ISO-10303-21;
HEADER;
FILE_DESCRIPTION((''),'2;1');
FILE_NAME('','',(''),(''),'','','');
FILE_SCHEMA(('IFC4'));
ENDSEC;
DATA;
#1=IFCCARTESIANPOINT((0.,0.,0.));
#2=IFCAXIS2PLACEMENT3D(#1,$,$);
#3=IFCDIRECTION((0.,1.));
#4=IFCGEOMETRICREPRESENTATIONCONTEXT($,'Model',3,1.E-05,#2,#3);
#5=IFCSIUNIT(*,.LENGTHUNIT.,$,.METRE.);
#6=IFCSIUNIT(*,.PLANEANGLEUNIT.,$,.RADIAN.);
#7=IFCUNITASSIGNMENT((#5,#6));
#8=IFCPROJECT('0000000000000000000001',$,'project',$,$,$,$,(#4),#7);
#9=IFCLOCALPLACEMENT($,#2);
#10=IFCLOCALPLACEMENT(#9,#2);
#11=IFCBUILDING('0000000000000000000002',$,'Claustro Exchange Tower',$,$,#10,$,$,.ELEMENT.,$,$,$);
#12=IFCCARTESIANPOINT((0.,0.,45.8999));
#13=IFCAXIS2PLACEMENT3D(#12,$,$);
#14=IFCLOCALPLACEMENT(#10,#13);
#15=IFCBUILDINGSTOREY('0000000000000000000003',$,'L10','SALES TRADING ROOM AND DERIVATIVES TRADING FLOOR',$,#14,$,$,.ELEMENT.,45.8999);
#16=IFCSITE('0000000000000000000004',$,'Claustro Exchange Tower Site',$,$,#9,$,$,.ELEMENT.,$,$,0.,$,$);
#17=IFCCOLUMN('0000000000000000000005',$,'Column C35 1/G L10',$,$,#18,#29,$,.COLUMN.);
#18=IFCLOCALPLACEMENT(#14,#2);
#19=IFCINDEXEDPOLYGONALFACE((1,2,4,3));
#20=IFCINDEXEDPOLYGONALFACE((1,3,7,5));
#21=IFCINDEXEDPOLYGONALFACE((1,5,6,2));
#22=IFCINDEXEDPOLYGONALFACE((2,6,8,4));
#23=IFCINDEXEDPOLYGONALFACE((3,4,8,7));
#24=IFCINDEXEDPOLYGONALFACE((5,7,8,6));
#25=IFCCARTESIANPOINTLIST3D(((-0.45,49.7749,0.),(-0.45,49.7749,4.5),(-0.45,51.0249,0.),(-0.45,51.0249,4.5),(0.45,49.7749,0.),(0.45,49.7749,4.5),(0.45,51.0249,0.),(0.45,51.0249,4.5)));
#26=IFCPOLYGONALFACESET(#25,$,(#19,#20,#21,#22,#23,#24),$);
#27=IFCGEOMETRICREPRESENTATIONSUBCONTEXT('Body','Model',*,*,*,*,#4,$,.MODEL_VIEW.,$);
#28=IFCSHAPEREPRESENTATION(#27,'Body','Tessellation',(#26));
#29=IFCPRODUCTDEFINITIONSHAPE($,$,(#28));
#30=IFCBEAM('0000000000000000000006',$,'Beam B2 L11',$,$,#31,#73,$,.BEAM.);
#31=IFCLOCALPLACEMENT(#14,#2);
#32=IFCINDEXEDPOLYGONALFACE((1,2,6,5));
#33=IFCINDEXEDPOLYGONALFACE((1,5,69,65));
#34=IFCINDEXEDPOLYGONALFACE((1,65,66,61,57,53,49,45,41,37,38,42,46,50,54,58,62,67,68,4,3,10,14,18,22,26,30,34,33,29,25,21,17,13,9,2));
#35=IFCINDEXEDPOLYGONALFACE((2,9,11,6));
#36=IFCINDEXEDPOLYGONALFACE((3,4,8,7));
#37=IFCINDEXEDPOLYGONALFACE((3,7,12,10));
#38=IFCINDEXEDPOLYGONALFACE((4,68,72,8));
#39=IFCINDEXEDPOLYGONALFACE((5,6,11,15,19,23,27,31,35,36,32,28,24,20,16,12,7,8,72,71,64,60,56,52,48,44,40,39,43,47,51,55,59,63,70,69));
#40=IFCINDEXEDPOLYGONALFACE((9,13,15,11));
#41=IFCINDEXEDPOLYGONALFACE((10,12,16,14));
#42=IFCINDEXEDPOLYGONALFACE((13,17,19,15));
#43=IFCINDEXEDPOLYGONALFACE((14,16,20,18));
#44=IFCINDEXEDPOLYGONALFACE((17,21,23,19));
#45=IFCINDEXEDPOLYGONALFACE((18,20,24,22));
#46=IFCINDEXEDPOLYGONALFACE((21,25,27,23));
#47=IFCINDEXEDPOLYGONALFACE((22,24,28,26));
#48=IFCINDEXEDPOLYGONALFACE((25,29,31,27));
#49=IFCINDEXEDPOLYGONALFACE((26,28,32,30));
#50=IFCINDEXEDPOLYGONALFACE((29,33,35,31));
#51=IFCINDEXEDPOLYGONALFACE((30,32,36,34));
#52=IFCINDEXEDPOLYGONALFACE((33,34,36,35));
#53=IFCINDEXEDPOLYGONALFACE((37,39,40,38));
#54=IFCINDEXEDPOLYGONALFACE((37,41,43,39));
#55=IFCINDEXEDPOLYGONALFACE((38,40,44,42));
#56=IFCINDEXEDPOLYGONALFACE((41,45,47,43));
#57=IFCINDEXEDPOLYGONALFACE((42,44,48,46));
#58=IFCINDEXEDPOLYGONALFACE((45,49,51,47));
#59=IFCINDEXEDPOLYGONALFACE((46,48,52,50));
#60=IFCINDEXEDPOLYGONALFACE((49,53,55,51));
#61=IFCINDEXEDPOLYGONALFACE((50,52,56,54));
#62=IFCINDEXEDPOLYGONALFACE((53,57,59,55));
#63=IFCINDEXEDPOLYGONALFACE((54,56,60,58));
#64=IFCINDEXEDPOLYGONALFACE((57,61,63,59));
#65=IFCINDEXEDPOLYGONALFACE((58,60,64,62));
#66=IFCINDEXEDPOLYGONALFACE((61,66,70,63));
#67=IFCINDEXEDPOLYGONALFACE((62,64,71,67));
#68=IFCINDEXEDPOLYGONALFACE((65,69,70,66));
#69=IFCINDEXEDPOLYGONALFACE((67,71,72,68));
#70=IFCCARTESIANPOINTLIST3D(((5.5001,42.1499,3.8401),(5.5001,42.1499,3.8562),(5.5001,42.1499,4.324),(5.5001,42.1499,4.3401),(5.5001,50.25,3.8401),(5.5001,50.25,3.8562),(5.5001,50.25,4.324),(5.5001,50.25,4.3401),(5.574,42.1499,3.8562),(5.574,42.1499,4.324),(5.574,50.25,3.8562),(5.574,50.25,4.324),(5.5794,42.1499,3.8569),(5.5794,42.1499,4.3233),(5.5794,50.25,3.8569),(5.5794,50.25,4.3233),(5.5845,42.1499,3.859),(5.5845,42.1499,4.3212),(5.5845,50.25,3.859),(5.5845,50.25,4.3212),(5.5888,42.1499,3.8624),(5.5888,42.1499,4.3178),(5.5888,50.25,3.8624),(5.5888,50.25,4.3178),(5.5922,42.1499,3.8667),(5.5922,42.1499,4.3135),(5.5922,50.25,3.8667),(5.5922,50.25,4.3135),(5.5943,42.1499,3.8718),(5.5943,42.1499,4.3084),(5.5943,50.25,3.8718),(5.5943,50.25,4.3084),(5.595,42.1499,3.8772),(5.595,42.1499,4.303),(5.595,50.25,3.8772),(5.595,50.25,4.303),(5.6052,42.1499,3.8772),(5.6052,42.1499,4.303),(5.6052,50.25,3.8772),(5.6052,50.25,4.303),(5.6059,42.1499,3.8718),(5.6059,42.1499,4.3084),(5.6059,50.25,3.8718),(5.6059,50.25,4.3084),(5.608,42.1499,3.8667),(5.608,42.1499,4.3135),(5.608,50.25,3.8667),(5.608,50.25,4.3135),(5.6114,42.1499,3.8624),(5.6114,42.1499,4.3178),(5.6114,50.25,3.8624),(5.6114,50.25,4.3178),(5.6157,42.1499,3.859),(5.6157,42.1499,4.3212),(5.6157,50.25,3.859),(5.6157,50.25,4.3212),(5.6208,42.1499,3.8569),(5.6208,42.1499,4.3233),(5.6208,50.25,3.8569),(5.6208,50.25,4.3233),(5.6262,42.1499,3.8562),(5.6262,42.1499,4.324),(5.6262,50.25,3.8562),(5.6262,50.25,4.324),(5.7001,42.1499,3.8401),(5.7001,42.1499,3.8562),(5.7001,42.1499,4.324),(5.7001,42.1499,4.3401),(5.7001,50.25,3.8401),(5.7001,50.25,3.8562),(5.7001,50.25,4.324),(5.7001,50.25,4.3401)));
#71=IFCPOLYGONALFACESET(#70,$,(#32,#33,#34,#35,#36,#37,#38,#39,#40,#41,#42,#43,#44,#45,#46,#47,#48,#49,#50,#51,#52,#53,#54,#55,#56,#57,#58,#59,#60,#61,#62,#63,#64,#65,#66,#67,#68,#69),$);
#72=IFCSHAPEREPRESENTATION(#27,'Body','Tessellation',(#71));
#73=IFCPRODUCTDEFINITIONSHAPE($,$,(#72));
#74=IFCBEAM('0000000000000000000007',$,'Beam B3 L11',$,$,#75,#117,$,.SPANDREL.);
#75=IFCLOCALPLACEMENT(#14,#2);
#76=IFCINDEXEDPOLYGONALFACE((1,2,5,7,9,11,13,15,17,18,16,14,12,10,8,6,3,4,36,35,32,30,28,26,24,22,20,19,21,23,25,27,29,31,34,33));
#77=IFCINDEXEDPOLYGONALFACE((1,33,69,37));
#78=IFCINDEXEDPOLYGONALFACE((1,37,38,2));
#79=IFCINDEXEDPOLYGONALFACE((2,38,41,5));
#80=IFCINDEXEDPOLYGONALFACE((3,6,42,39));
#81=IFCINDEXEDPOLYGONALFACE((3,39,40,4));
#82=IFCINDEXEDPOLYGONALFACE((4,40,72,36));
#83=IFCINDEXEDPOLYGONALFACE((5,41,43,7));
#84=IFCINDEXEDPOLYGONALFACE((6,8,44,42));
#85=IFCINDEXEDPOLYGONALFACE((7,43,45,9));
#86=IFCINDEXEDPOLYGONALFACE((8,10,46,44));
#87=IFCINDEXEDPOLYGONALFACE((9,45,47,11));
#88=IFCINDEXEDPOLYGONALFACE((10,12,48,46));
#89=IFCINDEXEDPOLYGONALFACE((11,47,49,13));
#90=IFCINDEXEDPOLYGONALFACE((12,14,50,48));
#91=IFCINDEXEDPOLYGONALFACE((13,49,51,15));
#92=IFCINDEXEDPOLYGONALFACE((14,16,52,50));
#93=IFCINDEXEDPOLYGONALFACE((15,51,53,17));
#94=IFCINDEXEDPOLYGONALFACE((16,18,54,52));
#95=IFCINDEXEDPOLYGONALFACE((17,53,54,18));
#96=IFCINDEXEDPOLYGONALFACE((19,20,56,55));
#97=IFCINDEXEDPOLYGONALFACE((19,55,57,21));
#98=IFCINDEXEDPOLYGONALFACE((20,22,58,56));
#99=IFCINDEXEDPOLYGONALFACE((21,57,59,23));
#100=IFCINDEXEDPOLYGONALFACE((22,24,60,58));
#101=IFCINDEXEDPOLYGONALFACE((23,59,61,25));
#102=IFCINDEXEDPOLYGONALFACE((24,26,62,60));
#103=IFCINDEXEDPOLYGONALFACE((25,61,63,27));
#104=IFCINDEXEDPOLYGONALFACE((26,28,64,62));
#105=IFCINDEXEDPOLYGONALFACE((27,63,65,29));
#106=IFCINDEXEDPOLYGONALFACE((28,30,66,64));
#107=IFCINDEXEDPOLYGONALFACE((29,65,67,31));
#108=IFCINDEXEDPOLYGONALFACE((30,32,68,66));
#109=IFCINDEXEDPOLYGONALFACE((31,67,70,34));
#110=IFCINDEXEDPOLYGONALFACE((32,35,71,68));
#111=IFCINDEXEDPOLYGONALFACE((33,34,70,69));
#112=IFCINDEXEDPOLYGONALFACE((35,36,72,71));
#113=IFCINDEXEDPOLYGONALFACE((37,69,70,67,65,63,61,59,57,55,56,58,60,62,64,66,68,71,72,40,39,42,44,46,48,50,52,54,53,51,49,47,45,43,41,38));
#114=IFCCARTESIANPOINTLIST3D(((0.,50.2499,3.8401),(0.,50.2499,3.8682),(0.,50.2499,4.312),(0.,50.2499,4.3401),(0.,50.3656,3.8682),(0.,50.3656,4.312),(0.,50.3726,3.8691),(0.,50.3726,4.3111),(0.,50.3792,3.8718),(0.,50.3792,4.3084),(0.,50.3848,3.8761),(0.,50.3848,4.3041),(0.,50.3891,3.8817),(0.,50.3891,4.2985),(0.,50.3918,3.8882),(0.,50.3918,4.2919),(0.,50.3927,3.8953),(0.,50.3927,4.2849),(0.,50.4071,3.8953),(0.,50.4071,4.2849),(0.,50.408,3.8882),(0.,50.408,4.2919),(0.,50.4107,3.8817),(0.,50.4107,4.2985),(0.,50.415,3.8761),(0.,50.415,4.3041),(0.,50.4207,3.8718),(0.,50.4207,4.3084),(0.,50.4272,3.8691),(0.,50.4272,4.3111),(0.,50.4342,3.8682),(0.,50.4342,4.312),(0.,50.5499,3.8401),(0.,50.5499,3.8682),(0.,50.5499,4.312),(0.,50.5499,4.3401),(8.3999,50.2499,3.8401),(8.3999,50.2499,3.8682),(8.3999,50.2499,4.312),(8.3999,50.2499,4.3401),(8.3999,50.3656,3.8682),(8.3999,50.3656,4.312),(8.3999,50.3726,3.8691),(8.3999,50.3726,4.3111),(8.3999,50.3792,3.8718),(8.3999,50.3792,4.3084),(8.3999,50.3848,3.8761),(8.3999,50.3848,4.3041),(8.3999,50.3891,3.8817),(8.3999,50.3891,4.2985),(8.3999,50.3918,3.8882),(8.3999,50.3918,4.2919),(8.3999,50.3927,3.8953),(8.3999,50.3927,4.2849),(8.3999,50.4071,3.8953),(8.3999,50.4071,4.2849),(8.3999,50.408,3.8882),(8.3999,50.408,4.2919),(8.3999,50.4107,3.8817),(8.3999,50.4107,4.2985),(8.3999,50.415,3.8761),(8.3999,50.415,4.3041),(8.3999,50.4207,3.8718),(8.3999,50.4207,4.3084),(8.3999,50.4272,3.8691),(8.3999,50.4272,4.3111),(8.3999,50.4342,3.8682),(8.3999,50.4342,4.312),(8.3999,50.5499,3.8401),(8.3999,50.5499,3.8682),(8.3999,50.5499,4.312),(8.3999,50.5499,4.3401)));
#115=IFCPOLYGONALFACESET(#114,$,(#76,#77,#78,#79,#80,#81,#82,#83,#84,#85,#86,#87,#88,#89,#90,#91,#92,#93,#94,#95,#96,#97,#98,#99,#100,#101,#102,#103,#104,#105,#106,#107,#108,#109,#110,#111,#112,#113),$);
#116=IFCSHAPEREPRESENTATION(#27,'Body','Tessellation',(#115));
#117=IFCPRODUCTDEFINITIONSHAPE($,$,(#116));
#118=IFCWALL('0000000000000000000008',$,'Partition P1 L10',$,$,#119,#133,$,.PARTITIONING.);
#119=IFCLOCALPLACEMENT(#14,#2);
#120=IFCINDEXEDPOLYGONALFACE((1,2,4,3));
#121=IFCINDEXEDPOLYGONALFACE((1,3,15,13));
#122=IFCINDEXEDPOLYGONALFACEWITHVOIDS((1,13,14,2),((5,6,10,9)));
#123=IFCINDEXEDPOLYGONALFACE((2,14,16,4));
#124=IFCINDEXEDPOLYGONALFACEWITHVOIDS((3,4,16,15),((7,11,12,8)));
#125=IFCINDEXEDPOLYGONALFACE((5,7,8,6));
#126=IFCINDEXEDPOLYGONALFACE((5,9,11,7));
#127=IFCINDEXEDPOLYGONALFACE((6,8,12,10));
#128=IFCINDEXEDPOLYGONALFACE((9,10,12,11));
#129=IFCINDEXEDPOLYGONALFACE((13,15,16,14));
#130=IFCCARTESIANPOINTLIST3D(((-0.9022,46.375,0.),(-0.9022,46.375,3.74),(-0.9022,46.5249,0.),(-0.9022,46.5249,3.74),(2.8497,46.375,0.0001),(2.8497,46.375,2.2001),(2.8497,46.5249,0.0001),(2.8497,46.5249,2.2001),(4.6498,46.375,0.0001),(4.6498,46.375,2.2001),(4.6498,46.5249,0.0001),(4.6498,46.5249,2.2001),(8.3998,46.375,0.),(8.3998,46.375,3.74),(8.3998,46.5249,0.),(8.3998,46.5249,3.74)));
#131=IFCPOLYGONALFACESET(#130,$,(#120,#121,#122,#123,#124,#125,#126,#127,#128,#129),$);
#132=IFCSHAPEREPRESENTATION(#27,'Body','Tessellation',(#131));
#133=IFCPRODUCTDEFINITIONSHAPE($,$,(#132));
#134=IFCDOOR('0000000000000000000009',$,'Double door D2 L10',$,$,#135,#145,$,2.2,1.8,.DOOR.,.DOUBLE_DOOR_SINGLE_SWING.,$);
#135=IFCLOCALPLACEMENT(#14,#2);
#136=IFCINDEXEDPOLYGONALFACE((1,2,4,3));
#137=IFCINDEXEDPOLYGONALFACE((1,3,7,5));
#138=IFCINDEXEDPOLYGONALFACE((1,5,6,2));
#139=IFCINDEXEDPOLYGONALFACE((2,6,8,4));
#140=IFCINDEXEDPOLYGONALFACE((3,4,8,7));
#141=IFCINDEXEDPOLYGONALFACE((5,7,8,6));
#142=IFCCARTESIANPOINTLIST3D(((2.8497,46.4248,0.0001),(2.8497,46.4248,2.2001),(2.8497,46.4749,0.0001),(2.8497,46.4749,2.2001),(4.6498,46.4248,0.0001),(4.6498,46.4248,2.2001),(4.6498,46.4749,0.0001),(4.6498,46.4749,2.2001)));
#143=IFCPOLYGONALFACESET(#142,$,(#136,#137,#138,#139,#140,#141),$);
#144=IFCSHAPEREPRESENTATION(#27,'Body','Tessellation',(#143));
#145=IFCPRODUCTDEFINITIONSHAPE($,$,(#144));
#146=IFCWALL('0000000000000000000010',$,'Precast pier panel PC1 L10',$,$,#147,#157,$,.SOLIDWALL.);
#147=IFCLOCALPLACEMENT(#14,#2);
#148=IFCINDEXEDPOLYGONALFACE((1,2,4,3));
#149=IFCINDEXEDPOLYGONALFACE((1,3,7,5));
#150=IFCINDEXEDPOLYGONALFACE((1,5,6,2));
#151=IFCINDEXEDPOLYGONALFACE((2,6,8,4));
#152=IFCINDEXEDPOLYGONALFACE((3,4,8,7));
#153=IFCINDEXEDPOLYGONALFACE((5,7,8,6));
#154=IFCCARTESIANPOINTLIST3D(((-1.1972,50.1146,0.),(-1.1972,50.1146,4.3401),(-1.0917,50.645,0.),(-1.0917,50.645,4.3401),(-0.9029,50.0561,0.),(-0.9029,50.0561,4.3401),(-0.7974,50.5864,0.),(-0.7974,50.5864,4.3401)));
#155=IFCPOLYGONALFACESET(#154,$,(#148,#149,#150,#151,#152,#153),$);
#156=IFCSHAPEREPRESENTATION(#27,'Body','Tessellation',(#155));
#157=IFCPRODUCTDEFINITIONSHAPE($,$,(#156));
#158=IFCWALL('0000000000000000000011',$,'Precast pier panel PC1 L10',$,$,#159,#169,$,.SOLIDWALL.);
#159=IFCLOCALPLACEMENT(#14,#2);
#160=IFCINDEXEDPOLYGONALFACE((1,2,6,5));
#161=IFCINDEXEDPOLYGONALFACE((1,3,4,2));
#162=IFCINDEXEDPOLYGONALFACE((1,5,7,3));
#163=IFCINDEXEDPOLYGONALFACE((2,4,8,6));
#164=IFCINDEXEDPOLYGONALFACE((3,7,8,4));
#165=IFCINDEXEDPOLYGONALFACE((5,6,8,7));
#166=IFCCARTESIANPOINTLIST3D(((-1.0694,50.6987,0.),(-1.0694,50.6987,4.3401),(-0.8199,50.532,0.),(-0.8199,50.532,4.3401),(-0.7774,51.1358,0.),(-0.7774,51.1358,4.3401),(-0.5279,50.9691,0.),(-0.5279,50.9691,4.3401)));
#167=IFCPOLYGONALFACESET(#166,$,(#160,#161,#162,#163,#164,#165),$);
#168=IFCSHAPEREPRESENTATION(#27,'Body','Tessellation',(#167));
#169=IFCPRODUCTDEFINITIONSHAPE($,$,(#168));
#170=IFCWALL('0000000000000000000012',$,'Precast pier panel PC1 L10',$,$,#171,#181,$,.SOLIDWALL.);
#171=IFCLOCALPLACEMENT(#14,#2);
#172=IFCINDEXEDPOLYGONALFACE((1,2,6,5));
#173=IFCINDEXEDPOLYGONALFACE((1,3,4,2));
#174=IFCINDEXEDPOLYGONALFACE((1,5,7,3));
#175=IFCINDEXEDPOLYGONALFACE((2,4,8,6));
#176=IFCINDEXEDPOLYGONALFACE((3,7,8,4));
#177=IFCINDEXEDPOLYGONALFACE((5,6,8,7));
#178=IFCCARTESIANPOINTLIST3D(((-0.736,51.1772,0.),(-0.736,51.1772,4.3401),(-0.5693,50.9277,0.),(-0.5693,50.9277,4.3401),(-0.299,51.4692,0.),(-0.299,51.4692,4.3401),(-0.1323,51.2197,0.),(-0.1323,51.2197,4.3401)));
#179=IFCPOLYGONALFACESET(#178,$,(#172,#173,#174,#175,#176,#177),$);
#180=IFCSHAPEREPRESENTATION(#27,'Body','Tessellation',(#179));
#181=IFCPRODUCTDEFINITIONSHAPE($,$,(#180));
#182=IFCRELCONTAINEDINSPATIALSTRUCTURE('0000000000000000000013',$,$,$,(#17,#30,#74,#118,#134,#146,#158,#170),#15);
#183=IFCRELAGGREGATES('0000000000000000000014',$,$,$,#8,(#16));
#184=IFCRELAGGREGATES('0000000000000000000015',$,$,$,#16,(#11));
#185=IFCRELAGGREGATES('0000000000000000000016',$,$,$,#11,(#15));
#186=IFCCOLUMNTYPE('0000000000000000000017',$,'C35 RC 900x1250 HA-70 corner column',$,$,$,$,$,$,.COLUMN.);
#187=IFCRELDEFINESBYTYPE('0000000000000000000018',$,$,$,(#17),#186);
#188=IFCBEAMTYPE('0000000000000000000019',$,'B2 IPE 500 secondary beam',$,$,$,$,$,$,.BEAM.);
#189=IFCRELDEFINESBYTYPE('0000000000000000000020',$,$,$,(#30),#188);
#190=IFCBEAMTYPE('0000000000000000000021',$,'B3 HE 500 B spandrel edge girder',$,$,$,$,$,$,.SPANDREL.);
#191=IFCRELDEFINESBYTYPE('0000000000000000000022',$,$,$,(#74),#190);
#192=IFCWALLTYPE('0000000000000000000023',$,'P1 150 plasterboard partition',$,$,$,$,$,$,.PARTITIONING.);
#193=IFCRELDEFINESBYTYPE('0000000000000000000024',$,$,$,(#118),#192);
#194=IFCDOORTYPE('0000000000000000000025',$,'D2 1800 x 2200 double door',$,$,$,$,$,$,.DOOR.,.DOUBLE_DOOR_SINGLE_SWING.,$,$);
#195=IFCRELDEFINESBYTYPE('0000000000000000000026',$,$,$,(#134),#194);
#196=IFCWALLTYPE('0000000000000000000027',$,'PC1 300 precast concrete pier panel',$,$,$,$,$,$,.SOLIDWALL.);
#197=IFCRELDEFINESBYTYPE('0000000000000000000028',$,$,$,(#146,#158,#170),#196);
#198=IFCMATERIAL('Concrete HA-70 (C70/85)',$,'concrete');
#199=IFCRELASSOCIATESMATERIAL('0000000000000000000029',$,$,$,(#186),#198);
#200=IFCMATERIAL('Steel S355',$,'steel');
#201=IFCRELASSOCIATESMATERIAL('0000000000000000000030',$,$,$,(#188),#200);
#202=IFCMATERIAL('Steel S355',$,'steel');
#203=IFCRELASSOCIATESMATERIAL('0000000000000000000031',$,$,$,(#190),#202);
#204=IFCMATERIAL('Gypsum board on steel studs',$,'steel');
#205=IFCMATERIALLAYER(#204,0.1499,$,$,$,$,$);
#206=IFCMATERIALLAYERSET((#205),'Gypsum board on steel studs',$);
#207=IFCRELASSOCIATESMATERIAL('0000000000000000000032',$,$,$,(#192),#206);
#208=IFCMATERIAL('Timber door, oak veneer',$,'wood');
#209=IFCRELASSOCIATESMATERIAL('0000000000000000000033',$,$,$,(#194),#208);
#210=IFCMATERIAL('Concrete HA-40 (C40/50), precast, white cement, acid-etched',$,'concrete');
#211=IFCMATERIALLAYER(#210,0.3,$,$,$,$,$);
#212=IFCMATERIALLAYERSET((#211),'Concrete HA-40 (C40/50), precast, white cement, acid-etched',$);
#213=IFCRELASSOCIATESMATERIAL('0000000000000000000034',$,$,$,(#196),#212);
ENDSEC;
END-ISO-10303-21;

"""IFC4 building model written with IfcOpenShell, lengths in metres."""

from ifc_helpers import new_model, si_unit, direction, frame, frame_2d, origin, origin_2d, place, context, subcontext, project, spatial, rectangle, i_section, extrude, material, layer, layer_set, material_profile, profile_set, type_object, element, fill, save


model = new_model("IFC4")

# Units and contexts
model_context = context("Model", 3, precision=1e-05, world=origin(), true_north=direction((0.0, 1.0)))
body_context = subcontext(model_context, "Body", "Model", "MODEL_VIEW")
ifc_project = project(units=[si_unit("LENGTHUNIT", "METRE"), si_unit("PLANEANGLEUNIT", "RADIAN")], contexts=[model_context])

# Site, building, storey
site_placement = place(None, origin())
site = spatial("IfcSite", under=ifc_project, at=site_placement, Name="Claustro Exchange Tower Site", CompositionType="ELEMENT", RefElevation=0.0)
building_placement = place(site_placement, origin())
building = spatial("IfcBuilding", under=site, at=building_placement, Name="Claustro Exchange Tower", CompositionType="ELEMENT")
storey_placement = place(building_placement, frame((0.0, 0.0, 45.8999)))
storey = spatial("IfcBuildingStorey", under=building, at=storey_placement, Name="L10", Description="SALES TRADING ROOM AND DERIVATIVES TRADING FLOOR", CompositionType="ELEMENT", Elevation=45.8999)

# Column
ifc_material_1 = material(Name="Concrete HA-70 (C70/85)", Category="concrete")
ifc_material_profile_1 = material_profile(ifc_material_1, rectangle(XDim=0.8999, YDim=1.25, at=origin_2d()), Name="RC 900x1250")
ifc_profile_set_1 = profile_set([ifc_material_profile_1], Name="Concrete HA-70 (C70/85)")
column_type = type_object("IfcColumnType", Name="C35 RC 900x1250 HA-70 corner column", PredefinedType="COLUMN", material=ifc_profile_set_1)
column_placement = place(storey_placement, frame((0.0, 50.3999, 0.0), z_axis=(0.0, 0.0, 1.0), x_axis=(1.0, 0.0, 0.0)))
element("IfcColumn", 1, at=column_placement, inside=storey, type_object=column_type, Name="Column C35 1/G L10", PredefinedType="COLUMN", context=body_context, shape_type="SweptSolid", body=[
    extrude(rectangle(XDim=0.8999, YDim=1.25, at=origin_2d()), origin(), (0.0, 0.0, 1.0), 4.5),
])

# Beams
ifc_material_2 = material(Name="Steel S355", Category="steel")
ifc_material_profile_2 = material_profile(ifc_material_2, i_section(OverallWidth=0.2, OverallDepth=0.5, WebThickness=0.0103, FlangeThickness=0.0161, FilletRadius=0.021, at=origin_2d()), Name="IPE 500")
ifc_profile_set_2 = profile_set([ifc_material_profile_2], Name="Steel S355")
beam_type_1 = type_object("IfcBeamType", Name="B2 IPE 500 secondary beam", PredefinedType="BEAM", material=ifc_profile_set_2)
beam_1_placement = place(storey_placement, frame((5.6001, 42.1499, 4.0901), z_axis=(0.0, 1.0, 0.0), x_axis=(-1.0, 0.0, 0.0)))
element("IfcBeam", 2, at=beam_1_placement, inside=storey, type_object=beam_type_1, Name="Beam B2 L11", PredefinedType="BEAM", context=body_context, shape_type="SweptSolid", body=[
    extrude(i_section(OverallWidth=0.2, OverallDepth=0.5, WebThickness=0.0103, FlangeThickness=0.0161, FilletRadius=0.021, at=origin_2d()), origin(), (0.0, 0.0, 1.0), 8.1001),
])
ifc_material_3 = material(Name="Steel S355", Category="steel")
ifc_material_profile_3 = material_profile(ifc_material_3, i_section(OverallWidth=0.3, OverallDepth=0.5, WebThickness=0.0144, FlangeThickness=0.0281, FilletRadius=0.0271, at=origin_2d()), Name="HE 500 B")
ifc_profile_set_3 = profile_set([ifc_material_profile_3], Name="Steel S355")
beam_type_2 = type_object("IfcBeamType", Name="B3 HE 500 B spandrel edge girder", PredefinedType="SPANDREL", material=ifc_profile_set_3)
beam_2_placement = place(storey_placement, frame((0.0, 50.3999, 4.0901), z_axis=(1.0, 0.0, 0.0), x_axis=(0.0, 1.0, 0.0)))
element("IfcBeam", 3, at=beam_2_placement, inside=storey, type_object=beam_type_2, Name="Beam B3 L11", PredefinedType="SPANDREL", context=body_context, shape_type="SweptSolid", body=[
    extrude(i_section(OverallWidth=0.3, OverallDepth=0.5, WebThickness=0.0144, FlangeThickness=0.0281, FilletRadius=0.0271, at=origin_2d()), origin(), (0.0, 0.0, 1.0), 8.3999),
])

# Wall, opening, door
ifc_material_4 = material(Name="Gypsum board on steel studs", Category="steel")
ifc_layer_1 = layer(ifc_material_4, 0.1499)
ifc_layer_set_1 = layer_set([ifc_layer_1], Name="Gypsum board on steel studs")
wall_type_1 = type_object("IfcWallType", Name="P1 150 plasterboard partition", PredefinedType="PARTITIONING", material=ifc_layer_set_1)
wall_1_placement = place(storey_placement, frame((-0.9021, 46.45, 0.0), z_axis=(0.0, 0.0, 1.0), x_axis=(1.0, 0.0, 0.0)))
wall_1 = element("IfcWall", 4, at=wall_1_placement, inside=storey, type_object=wall_type_1, Name="Partition P1 L10", PredefinedType="PARTITIONING", context=body_context, shape_type="SweptSolid", body=[
    extrude(rectangle(XDim=9.302, YDim=0.1499, at=frame_2d((4.6509, 0.0))), origin(), (0.0, 0.0, 1.0), 3.74),
])
opening_1_placement = place(wall_1_placement, frame((3.752, 0.0, 0.0)))
opening_1 = element("IfcOpeningElement", 5, at=opening_1_placement, cuts=wall_1, PredefinedType="OPENING", context=body_context, shape_type="SweptSolid", body=[
    extrude(rectangle(XDim=1.8, YDim=2.2, at=frame_2d((0.8999, 1.1001))), frame((0.0, 0.085, 0.0), z_axis=(0.0, -1.0, 0.0), x_axis=(1.0, 0.0, 0.0)), (0.0, 0.0, 1.0), 0.1699),
])
ifc_material_5 = material(Name="Timber door, oak veneer", Category="wood")
door_type = type_object("IfcDoorType", Name="D2 1800 x 2200 double door", OperationType="DOUBLE_DOOR_SINGLE_SWING", PredefinedType="DOOR", material=ifc_material_5)
door_placement = place(opening_1_placement, origin())
door = element("IfcDoor", 6, at=door_placement, inside=storey, type_object=door_type, Name="Double door D2 L10", OperationType="DOUBLE_DOOR_SINGLE_SWING", OverallHeight=2.2, OverallWidth=1.8, PredefinedType="DOOR", context=body_context, shape_type="SweptSolid", body=[
    extrude(rectangle(XDim=1.8, YDim=2.2, at=frame_2d((0.8999, 1.1001))), frame((0.0, 0.0249, 0.0), z_axis=(0.0, -1.0, 0.0), x_axis=(1.0, 0.0, 0.0)), (0.0, 0.0, 1.0), 0.05),
])
fill(opening_1, door)

# Walls
ifc_material_6 = material(Name="Concrete HA-40 (C40/50), precast, white cement, acid-etched", Category="concrete")
ifc_layer_2 = layer(ifc_material_6, 0.3)
ifc_layer_set_2 = layer_set([ifc_layer_2], Name="Concrete HA-40 (C40/50), precast, white cement, acid-etched")
wall_type_2 = type_object("IfcWallType", Name="PC1 300 precast concrete pier panel", PredefinedType="SOLIDWALL", material=ifc_layer_set_2)
wall_2_placement = place(storey_placement, frame((-1.05, 50.0852, 0.0), z_axis=(0.0, 0.0, 1.0), x_axis=(0.195074, 0.980789, 0.0)))
element("IfcWall", 7, at=wall_2_placement, inside=storey, type_object=wall_type_2, Name="Precast pier panel PC1 L10", PredefinedType="SOLIDWALL", context=body_context, shape_type="SweptSolid", body=[
    extrude(rectangle(XDim=0.5408, YDim=0.3, at=frame_2d((0.2705, 0.0))), origin(), (0.0, 0.0, 1.0), 4.3401),
])
for number, where, z_axis, x_axis, name in (
    (8, (-0.9446, 50.6155, 0.0), (0.0, 0.0, 1.0), (0.555557, 0.831478, 0.0), "Precast pier panel PC1 L10"),
    (9, (-0.6526, 51.0525, 0.0), (0.0, 0.0, 1.0), (0.831478, 0.555557, 0.0), "Precast pier panel PC1 L10"),
):
    element("IfcWall", number, at=place(storey_placement, frame(where, z_axis=z_axis, x_axis=x_axis)), inside=storey, type_object=wall_type_2, Name=name, PredefinedType="SOLIDWALL", context=body_context, shape_type="SweptSolid", body=[
        extrude(rectangle(XDim=0.5256, YDim=0.3, at=frame_2d((0.2627, 0.0))), origin(), (0.0, 0.0, 1.0), 4.3401),
    ])

save(model, "model.ifc")
